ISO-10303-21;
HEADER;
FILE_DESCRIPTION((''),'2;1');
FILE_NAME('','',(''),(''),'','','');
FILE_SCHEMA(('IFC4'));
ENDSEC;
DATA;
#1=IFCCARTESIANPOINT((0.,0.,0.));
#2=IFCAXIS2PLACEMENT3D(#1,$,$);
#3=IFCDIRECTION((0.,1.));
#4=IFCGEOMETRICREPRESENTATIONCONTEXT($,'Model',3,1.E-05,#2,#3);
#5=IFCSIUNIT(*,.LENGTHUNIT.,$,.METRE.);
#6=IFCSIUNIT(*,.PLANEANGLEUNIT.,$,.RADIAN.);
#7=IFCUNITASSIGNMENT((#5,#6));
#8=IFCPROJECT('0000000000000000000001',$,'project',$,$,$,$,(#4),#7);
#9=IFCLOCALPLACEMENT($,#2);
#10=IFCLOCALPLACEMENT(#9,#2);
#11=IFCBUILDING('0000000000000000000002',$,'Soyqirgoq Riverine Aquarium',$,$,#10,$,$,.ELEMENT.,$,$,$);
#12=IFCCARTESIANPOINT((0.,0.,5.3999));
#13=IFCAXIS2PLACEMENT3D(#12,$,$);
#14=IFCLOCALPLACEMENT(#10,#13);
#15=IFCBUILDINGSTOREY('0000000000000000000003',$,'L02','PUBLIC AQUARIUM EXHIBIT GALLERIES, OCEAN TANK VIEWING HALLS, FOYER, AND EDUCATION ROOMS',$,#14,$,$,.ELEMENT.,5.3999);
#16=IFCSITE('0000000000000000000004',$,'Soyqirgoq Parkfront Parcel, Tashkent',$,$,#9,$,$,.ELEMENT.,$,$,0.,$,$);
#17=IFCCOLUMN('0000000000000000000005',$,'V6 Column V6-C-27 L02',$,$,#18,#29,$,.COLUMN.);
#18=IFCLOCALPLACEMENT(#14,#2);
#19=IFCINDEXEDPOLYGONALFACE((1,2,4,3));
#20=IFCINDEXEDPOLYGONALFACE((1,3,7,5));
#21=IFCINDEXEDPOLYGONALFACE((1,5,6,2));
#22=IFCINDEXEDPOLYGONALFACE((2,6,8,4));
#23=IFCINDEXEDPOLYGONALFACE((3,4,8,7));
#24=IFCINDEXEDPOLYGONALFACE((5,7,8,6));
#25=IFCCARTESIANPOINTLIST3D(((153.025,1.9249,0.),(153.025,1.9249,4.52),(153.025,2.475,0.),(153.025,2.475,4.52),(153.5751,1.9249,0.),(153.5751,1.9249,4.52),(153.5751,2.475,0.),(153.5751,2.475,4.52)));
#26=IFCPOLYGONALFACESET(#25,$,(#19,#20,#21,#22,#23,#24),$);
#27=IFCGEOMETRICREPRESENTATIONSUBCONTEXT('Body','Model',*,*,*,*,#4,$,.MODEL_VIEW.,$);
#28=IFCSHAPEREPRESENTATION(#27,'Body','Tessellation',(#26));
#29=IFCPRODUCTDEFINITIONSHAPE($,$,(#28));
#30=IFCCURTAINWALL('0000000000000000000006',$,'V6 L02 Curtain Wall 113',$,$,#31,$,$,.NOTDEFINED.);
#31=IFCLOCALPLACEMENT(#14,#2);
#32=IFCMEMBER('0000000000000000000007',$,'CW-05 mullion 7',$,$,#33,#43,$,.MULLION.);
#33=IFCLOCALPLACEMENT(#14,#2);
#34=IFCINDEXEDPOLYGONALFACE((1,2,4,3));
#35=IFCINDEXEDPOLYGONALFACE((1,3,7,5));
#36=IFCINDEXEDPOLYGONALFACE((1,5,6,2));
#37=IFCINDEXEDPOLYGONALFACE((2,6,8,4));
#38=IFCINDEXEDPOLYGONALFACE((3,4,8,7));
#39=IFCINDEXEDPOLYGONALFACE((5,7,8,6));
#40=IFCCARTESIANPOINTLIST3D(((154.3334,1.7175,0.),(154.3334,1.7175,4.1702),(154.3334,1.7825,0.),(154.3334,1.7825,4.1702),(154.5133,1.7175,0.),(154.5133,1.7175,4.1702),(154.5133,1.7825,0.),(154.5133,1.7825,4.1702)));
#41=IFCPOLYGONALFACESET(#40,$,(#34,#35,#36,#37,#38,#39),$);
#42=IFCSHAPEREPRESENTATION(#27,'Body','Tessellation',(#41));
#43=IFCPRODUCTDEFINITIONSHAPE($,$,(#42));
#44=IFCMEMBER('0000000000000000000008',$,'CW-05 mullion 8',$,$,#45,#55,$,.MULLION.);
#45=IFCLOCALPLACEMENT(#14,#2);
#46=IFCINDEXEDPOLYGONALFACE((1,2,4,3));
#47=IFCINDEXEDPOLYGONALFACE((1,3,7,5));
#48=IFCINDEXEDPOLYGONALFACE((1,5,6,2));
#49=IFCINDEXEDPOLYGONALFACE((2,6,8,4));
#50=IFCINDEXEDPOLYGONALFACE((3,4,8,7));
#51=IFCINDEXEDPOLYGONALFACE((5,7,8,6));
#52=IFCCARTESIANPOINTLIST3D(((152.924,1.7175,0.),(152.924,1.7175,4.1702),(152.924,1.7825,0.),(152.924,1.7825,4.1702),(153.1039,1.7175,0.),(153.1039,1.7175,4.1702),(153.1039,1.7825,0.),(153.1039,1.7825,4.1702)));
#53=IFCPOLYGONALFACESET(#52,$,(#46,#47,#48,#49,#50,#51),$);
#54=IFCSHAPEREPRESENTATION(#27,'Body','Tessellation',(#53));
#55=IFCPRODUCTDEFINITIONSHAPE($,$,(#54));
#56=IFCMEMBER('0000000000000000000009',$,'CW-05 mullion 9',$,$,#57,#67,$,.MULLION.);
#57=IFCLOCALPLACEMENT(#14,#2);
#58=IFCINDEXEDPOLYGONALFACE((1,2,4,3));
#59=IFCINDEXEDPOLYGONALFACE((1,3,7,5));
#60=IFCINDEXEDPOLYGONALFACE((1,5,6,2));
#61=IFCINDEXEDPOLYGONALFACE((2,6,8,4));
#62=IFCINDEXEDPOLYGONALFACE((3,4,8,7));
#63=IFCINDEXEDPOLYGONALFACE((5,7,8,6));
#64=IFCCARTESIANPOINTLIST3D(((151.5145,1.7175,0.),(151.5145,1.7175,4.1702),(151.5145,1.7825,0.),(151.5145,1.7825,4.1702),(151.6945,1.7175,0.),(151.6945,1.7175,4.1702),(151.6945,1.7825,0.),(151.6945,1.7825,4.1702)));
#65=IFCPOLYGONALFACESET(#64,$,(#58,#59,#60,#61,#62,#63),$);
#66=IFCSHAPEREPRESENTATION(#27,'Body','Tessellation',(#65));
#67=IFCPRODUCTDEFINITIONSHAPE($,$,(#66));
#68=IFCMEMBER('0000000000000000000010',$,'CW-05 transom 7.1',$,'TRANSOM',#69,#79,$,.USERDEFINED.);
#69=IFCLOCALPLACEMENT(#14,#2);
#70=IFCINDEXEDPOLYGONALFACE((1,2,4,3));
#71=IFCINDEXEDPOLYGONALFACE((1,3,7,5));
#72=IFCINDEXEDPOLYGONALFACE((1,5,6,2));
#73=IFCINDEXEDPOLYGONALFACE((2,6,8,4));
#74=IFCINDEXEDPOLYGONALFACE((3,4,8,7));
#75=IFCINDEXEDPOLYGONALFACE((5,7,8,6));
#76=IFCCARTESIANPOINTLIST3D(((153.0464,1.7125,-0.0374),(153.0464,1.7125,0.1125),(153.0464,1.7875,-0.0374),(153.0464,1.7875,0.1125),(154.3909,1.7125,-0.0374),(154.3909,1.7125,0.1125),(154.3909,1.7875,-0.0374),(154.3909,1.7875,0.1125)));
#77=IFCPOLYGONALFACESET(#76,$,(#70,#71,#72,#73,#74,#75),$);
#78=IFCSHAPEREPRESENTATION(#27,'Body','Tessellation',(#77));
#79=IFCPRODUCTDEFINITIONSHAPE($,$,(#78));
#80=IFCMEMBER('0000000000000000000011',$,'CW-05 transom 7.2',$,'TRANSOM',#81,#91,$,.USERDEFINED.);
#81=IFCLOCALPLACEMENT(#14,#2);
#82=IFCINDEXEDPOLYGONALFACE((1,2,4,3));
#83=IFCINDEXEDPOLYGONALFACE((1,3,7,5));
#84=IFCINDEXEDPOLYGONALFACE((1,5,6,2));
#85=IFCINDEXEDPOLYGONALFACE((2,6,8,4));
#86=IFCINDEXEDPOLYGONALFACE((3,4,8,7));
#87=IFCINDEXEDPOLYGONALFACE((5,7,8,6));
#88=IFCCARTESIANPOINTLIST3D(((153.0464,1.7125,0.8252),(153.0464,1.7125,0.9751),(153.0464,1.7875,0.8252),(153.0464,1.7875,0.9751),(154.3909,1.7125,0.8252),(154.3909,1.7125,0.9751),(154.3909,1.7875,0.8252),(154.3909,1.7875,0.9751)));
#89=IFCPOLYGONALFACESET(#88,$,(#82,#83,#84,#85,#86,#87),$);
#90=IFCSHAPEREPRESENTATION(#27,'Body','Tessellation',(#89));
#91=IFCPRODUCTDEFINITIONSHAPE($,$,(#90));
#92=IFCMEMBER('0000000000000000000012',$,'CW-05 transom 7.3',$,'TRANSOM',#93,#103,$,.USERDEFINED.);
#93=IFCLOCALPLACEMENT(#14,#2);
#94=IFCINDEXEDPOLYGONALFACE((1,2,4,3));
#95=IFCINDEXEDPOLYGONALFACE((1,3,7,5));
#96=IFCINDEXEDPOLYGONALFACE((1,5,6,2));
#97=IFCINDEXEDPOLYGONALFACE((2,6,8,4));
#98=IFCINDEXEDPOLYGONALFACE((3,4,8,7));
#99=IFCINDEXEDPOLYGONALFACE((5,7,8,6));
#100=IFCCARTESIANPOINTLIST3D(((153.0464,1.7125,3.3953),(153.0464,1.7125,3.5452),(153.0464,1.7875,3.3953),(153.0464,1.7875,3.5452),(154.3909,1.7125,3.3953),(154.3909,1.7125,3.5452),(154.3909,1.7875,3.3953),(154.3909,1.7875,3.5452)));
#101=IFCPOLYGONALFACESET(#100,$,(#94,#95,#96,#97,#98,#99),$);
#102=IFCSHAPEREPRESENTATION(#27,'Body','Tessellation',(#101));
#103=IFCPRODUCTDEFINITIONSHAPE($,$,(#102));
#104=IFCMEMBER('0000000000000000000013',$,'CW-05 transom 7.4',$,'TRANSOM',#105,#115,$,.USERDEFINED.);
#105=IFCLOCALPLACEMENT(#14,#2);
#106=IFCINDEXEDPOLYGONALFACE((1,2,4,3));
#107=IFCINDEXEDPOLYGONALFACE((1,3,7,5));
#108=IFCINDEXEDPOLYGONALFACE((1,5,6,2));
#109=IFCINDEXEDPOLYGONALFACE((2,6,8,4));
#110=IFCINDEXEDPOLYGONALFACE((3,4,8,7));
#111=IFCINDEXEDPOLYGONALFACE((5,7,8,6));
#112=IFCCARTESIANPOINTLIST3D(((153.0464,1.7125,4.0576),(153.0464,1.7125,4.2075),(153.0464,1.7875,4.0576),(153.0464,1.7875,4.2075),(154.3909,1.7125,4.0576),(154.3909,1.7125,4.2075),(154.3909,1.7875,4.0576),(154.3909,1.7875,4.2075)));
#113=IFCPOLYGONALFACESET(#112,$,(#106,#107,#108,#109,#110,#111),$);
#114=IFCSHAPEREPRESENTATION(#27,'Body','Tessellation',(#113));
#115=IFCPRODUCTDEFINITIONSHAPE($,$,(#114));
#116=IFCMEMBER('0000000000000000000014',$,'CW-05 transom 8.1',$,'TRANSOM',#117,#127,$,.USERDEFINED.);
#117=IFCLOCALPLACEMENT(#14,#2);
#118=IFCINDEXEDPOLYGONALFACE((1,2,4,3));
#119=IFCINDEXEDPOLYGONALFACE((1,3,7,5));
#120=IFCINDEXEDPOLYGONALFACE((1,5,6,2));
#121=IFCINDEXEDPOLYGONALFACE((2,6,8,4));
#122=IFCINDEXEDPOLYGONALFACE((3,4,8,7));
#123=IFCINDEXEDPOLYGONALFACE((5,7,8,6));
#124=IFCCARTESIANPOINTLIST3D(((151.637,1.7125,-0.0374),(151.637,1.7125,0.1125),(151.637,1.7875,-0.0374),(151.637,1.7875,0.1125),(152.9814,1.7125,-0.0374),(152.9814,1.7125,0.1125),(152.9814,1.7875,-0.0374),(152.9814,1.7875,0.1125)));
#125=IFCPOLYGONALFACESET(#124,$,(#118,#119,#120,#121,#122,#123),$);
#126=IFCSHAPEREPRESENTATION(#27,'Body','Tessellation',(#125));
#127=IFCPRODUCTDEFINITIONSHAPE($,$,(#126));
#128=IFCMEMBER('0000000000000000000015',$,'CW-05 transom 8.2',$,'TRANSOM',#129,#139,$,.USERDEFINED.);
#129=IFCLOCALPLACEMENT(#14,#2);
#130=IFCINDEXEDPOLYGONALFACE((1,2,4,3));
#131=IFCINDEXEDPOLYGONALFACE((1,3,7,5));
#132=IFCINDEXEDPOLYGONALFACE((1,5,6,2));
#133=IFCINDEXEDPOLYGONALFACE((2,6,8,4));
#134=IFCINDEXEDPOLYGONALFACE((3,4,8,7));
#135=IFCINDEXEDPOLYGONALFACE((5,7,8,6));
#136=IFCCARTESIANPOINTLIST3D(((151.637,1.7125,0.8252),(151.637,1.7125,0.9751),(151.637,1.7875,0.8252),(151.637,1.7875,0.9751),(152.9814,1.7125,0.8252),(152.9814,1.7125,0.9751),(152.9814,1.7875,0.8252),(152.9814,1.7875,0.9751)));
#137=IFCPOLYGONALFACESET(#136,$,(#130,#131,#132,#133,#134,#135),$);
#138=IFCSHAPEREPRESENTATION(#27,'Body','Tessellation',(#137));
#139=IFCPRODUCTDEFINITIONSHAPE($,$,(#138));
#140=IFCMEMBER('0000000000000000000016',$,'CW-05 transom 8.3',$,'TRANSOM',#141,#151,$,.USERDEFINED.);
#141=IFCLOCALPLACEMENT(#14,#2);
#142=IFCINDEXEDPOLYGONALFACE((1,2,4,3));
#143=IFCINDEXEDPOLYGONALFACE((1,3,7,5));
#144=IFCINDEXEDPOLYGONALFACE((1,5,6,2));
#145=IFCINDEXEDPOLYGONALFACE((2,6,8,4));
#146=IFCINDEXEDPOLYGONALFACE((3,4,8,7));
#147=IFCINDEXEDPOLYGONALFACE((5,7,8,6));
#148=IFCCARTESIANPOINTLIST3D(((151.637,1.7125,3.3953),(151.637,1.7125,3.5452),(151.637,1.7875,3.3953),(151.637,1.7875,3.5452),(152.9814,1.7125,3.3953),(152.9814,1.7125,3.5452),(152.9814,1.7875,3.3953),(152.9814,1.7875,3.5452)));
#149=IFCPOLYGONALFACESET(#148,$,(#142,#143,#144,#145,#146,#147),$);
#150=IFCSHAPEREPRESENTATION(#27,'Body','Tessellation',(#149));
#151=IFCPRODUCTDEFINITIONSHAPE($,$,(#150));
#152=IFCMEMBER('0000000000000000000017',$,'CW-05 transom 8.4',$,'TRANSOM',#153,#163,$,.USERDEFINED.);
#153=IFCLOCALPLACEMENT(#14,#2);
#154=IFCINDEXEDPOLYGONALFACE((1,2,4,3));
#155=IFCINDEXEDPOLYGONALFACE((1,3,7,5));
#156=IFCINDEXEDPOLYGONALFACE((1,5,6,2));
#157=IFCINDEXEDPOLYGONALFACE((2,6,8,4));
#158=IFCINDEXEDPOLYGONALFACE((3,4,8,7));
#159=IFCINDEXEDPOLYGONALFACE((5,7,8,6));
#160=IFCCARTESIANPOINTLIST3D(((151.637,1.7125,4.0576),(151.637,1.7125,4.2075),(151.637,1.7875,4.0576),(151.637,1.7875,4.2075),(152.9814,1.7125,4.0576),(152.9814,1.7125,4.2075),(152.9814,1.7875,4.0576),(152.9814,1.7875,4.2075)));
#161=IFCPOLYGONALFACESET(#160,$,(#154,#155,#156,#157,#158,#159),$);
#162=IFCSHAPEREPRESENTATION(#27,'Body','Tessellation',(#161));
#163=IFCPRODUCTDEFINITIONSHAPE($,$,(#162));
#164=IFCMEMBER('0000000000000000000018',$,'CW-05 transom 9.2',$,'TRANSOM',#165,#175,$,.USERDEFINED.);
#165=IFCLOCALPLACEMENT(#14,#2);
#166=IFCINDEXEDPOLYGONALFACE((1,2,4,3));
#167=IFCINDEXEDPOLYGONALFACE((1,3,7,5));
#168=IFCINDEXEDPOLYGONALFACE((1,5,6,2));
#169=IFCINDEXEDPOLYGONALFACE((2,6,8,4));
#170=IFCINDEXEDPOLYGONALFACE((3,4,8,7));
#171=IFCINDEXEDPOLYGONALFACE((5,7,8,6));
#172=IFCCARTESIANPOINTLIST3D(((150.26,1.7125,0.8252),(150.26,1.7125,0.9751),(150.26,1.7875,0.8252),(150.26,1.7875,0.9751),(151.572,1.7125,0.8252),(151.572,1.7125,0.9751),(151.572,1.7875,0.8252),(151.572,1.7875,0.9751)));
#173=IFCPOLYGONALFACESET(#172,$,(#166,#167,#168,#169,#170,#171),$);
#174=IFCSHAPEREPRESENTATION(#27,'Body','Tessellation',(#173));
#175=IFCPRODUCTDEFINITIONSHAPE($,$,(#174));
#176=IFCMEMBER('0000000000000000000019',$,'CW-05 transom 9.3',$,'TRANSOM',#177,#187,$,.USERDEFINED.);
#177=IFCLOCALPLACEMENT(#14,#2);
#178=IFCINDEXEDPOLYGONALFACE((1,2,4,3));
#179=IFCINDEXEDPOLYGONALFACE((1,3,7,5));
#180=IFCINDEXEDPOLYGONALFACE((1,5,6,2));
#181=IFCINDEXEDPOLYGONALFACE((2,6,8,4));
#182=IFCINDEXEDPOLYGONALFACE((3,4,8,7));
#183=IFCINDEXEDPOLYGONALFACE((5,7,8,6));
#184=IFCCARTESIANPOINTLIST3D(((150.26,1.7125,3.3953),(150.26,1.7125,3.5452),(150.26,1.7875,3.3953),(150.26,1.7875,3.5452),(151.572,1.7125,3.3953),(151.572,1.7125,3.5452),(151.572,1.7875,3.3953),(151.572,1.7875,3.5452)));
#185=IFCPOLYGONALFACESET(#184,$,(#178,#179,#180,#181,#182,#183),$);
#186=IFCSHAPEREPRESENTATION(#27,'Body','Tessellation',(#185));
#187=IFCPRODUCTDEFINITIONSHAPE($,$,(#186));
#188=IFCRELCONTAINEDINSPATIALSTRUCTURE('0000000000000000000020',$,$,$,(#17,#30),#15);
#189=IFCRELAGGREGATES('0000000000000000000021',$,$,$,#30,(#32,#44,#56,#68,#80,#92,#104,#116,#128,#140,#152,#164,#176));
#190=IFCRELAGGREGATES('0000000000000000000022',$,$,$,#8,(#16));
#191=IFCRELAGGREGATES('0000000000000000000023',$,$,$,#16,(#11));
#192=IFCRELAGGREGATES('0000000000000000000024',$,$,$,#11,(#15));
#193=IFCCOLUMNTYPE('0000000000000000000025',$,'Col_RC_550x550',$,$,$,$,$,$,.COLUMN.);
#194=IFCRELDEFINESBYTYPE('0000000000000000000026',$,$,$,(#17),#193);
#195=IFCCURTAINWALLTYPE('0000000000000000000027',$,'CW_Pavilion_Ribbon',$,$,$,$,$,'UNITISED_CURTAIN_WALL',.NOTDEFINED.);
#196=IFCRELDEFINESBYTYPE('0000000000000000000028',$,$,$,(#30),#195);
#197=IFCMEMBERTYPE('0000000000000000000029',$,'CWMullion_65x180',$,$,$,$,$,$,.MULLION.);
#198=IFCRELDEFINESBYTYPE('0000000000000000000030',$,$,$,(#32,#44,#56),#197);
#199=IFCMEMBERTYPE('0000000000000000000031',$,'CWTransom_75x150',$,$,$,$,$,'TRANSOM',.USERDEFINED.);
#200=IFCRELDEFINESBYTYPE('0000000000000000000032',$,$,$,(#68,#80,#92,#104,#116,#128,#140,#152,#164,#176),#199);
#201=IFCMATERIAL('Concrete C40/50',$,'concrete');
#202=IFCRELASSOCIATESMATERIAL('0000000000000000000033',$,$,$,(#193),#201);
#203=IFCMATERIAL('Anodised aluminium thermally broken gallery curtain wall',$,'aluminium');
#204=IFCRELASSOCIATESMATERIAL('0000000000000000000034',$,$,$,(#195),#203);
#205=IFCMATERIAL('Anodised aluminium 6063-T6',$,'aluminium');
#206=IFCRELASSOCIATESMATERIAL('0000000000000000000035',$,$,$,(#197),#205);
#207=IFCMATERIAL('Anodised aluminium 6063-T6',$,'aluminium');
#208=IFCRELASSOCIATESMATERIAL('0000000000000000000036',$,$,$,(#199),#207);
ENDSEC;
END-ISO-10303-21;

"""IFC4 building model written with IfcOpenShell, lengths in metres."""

from ifc_helpers import new_model, si_unit, direction, frame, origin, origin_2d, place, context, subcontext, project, spatial, rectangle, extrude, material, material_profile, profile_set, type_object, element, aggregate, save


model = new_model("IFC4")

# Units and contexts
model_context = context("Model", 3, precision=1e-05, world=origin(), true_north=direction((0.0, 1.0)))
body_context = subcontext(model_context, "Body", "Model", "MODEL_VIEW")
ifc_project = project(units=[si_unit("LENGTHUNIT", "METRE"), si_unit("PLANEANGLEUNIT", "RADIAN")], contexts=[model_context])

# Site, building, storey
site_placement = place(None, origin())
site = spatial("IfcSite", under=ifc_project, at=site_placement, Name="Soyqirgoq Parkfront Parcel, Tashkent", CompositionType="ELEMENT", RefElevation=0.0)
building_placement = place(site_placement, origin())
building = spatial("IfcBuilding", under=site, at=building_placement, Name="Soyqirgoq Riverine Aquarium", CompositionType="ELEMENT")
storey_placement = place(building_placement, frame((0.0, 0.0, 5.3999)))
storey = spatial("IfcBuildingStorey", under=building, at=storey_placement, Name="L02", Description="PUBLIC AQUARIUM EXHIBIT GALLERIES, OCEAN TANK VIEWING HALLS, FOYER, AND EDUCATION ROOMS", CompositionType="ELEMENT", Elevation=5.3999)

# Column
ifc_material_1 = material(Name="Concrete C40/50", Category="concrete")
ifc_material_profile_1 = material_profile(ifc_material_1, rectangle(XDim=0.55, YDim=0.55, at=origin_2d()), Name="RC 550x550")
ifc_profile_set_1 = profile_set([ifc_material_profile_1], Name="Concrete C40/50")
column_type = type_object("IfcColumnType", Name="Col_RC_550x550", PredefinedType="COLUMN", material=ifc_profile_set_1)
column_placement = place(storey_placement, frame((153.3, 2.2, 0.0), z_axis=(0.0, 0.0, 1.0), x_axis=(1.0, 0.0, 0.0)))
element("IfcColumn", 1, at=column_placement, inside=storey, type_object=column_type, Name="V6 Column V6-C-27 L02", PredefinedType="COLUMN", context=body_context, shape_type="SweptSolid", body=[
    extrude(rectangle(XDim=0.55, YDim=0.55, at=origin_2d()), origin(), (0.0, 0.0, 1.0), 4.52),
])

# Curtain wall, members
ifc_material_2 = material(Name="Anodised aluminium thermally broken gallery curtain wall", Category="aluminium")
curtain_wall_type = type_object("IfcCurtainWallType", Name="CW_Pavilion_Ribbon", ElementType="UNITISED_CURTAIN_WALL", PredefinedType="NOTDEFINED", material=ifc_material_2)
curtain_wall_placement = place(storey_placement, origin())
curtain_wall = element("IfcCurtainWall", 2, at=curtain_wall_placement, inside=storey, type_object=curtain_wall_type, Name="V6 L02 Curtain Wall 113", PredefinedType="NOTDEFINED")
ifc_material_3 = material(Name="Anodised aluminium 6063-T6", Category="aluminium")
ifc_material_profile_2 = material_profile(ifc_material_3, rectangle(XDim=0.0649, YDim=0.1799, at=origin_2d()), Name="ALU-M 65x180")
ifc_profile_set_2 = profile_set([ifc_material_profile_2], Name="Anodised aluminium 6063-T6")
member_type_1 = type_object("IfcMemberType", Name="CWMullion_65x180", PredefinedType="MULLION", material=ifc_profile_set_2)
member_1_placement = place(storey_placement, frame((154.4233, 1.75, 0.0), z_axis=(0.0, 0.0, 1.0), x_axis=(0.0, -1.0, 0.0)))
member_1 = element("IfcMember", 3, at=member_1_placement, type_object=member_type_1, Name="CW-05 mullion 7", PredefinedType="MULLION", context=body_context, shape_type="SweptSolid", body=[
    extrude(rectangle(XDim=0.0649, YDim=0.1799, at=origin_2d()), origin(), (0.0, 0.0, 1.0), 4.1702),
])
member_2_placement = place(storey_placement, frame((153.0139, 1.75, 0.0), z_axis=(0.0, 0.0, 1.0), x_axis=(0.0, -1.0, 0.0)))
member_2 = element("IfcMember", 4, at=member_2_placement, type_object=member_type_1, Name="CW-05 mullion 8", PredefinedType="MULLION", context=body_context, shape_type="SweptSolid", body=[
    extrude(rectangle(XDim=0.0649, YDim=0.1799, at=origin_2d()), origin(), (0.0, 0.0, 1.0), 4.1702),
])
member_3_placement = place(storey_placement, frame((151.6045, 1.75, 0.0), z_axis=(0.0, 0.0, 1.0), x_axis=(0.0, -1.0, 0.0)))
member_3 = element("IfcMember", 5, at=member_3_placement, type_object=member_type_1, Name="CW-05 mullion 9", PredefinedType="MULLION", context=body_context, shape_type="SweptSolid", body=[
    extrude(rectangle(XDim=0.0649, YDim=0.1799, at=origin_2d()), origin(), (0.0, 0.0, 1.0), 4.1702),
])
ifc_material_4 = material(Name="Anodised aluminium 6063-T6", Category="aluminium")
ifc_material_profile_3 = material_profile(ifc_material_4, rectangle(XDim=0.075, YDim=0.1499, at=origin_2d()), Name="ALU-T 75x150")
ifc_profile_set_3 = profile_set([ifc_material_profile_3], Name="Anodised aluminium 6063-T6")
member_type_2 = type_object("IfcMemberType", Name="CWTransom_75x150", ElementType="TRANSOM", PredefinedType="USERDEFINED", material=ifc_profile_set_3)
member_4_placement = place(storey_placement, frame((154.3909, 1.75, 0.0376), z_axis=(-1.0, 0.0, 0.0), x_axis=(0.0, -1.0, 0.0)))
member_4 = element("IfcMember", 6, at=member_4_placement, type_object=member_type_2, Name="CW-05 transom 7.1", ObjectType="TRANSOM", PredefinedType="USERDEFINED", context=body_context, shape_type="SweptSolid", body=[
    extrude(rectangle(XDim=0.075, YDim=0.1499, at=origin_2d()), origin(), (0.0, 0.0, 1.0), 1.3445),
])
member_5_placement = place(storey_placement, frame((154.3909, 1.75, 0.9001), z_axis=(-1.0, 0.0, 0.0), x_axis=(0.0, -1.0, 0.0)))
member_5 = element("IfcMember", 7, at=member_5_placement, type_object=member_type_2, Name="CW-05 transom 7.2", ObjectType="TRANSOM", PredefinedType="USERDEFINED", context=body_context, shape_type="SweptSolid", body=[
    extrude(rectangle(XDim=0.075, YDim=0.1499, at=origin_2d()), origin(), (0.0, 0.0, 1.0), 1.3445),
])
member_6_placement = place(storey_placement, frame((154.3909, 1.75, 3.4702), z_axis=(-1.0, 0.0, 0.0), x_axis=(0.0, -1.0, 0.0)))
member_6 = element("IfcMember", 8, at=member_6_placement, type_object=member_type_2, Name="CW-05 transom 7.3", ObjectType="TRANSOM", PredefinedType="USERDEFINED", context=body_context, shape_type="SweptSolid", body=[
    extrude(rectangle(XDim=0.075, YDim=0.1499, at=origin_2d()), origin(), (0.0, 0.0, 1.0), 1.3445),
])
member_7_placement = place(storey_placement, frame((154.3909, 1.75, 4.1326), z_axis=(-1.0, 0.0, 0.0), x_axis=(0.0, -1.0, 0.0)))
member_7 = element("IfcMember", 9, at=member_7_placement, type_object=member_type_2, Name="CW-05 transom 7.4", ObjectType="TRANSOM", PredefinedType="USERDEFINED", context=body_context, shape_type="SweptSolid", body=[
    extrude(rectangle(XDim=0.075, YDim=0.1499, at=origin_2d()), origin(), (0.0, 0.0, 1.0), 1.3445),
])
member_8_placement = place(storey_placement, frame((152.9814, 1.75, 0.0376), z_axis=(-1.0, 0.0, 0.0), x_axis=(0.0, -1.0, 0.0)))
member_8 = element("IfcMember", 10, at=member_8_placement, type_object=member_type_2, Name="CW-05 transom 8.1", ObjectType="TRANSOM", PredefinedType="USERDEFINED", context=body_context, shape_type="SweptSolid", body=[
    extrude(rectangle(XDim=0.075, YDim=0.1499, at=origin_2d()), origin(), (0.0, 0.0, 1.0), 1.3445),
])
member_9_placement = place(storey_placement, frame((152.9814, 1.75, 0.9001), z_axis=(-1.0, 0.0, 0.0), x_axis=(0.0, -1.0, 0.0)))
member_9 = element("IfcMember", 11, at=member_9_placement, type_object=member_type_2, Name="CW-05 transom 8.2", ObjectType="TRANSOM", PredefinedType="USERDEFINED", context=body_context, shape_type="SweptSolid", body=[
    extrude(rectangle(XDim=0.075, YDim=0.1499, at=origin_2d()), origin(), (0.0, 0.0, 1.0), 1.3445),
])
member_10_placement = place(storey_placement, frame((152.9814, 1.75, 3.4702), z_axis=(-1.0, 0.0, 0.0), x_axis=(0.0, -1.0, 0.0)))
member_10 = element("IfcMember", 12, at=member_10_placement, type_object=member_type_2, Name="CW-05 transom 8.3", ObjectType="TRANSOM", PredefinedType="USERDEFINED", context=body_context, shape_type="SweptSolid", body=[
    extrude(rectangle(XDim=0.075, YDim=0.1499, at=origin_2d()), origin(), (0.0, 0.0, 1.0), 1.3445),
])
member_11_placement = place(storey_placement, frame((152.9814, 1.75, 4.1326), z_axis=(-1.0, 0.0, 0.0), x_axis=(0.0, -1.0, 0.0)))
member_11 = element("IfcMember", 13, at=member_11_placement, type_object=member_type_2, Name="CW-05 transom 8.4", ObjectType="TRANSOM", PredefinedType="USERDEFINED", context=body_context, shape_type="SweptSolid", body=[
    extrude(rectangle(XDim=0.075, YDim=0.1499, at=origin_2d()), origin(), (0.0, 0.0, 1.0), 1.3445),
])
member_12_placement = place(storey_placement, frame((151.572, 1.75, 0.9001), z_axis=(-1.0, 0.0, 0.0), x_axis=(0.0, -1.0, 0.0)))
member_12 = element("IfcMember", 14, at=member_12_placement, type_object=member_type_2, Name="CW-05 transom 9.2", ObjectType="TRANSOM", PredefinedType="USERDEFINED", context=body_context, shape_type="SweptSolid", body=[
    extrude(rectangle(XDim=0.075, YDim=0.1499, at=origin_2d()), origin(), (0.0, 0.0, 1.0), 1.312),
])
member_13_placement = place(storey_placement, frame((151.572, 1.75, 3.4702), z_axis=(-1.0, 0.0, 0.0), x_axis=(0.0, -1.0, 0.0)))
member_13 = element("IfcMember", 15, at=member_13_placement, type_object=member_type_2, Name="CW-05 transom 9.3", ObjectType="TRANSOM", PredefinedType="USERDEFINED", context=body_context, shape_type="SweptSolid", body=[
    extrude(rectangle(XDim=0.075, YDim=0.1499, at=origin_2d()), origin(), (0.0, 0.0, 1.0), 1.312),
])

aggregate(curtain_wall, [member_1, member_2, member_3, member_4, member_5, member_6, member_7, member_8, member_9, member_10, member_11, member_12, member_13])

save(model, "model.ifc")
